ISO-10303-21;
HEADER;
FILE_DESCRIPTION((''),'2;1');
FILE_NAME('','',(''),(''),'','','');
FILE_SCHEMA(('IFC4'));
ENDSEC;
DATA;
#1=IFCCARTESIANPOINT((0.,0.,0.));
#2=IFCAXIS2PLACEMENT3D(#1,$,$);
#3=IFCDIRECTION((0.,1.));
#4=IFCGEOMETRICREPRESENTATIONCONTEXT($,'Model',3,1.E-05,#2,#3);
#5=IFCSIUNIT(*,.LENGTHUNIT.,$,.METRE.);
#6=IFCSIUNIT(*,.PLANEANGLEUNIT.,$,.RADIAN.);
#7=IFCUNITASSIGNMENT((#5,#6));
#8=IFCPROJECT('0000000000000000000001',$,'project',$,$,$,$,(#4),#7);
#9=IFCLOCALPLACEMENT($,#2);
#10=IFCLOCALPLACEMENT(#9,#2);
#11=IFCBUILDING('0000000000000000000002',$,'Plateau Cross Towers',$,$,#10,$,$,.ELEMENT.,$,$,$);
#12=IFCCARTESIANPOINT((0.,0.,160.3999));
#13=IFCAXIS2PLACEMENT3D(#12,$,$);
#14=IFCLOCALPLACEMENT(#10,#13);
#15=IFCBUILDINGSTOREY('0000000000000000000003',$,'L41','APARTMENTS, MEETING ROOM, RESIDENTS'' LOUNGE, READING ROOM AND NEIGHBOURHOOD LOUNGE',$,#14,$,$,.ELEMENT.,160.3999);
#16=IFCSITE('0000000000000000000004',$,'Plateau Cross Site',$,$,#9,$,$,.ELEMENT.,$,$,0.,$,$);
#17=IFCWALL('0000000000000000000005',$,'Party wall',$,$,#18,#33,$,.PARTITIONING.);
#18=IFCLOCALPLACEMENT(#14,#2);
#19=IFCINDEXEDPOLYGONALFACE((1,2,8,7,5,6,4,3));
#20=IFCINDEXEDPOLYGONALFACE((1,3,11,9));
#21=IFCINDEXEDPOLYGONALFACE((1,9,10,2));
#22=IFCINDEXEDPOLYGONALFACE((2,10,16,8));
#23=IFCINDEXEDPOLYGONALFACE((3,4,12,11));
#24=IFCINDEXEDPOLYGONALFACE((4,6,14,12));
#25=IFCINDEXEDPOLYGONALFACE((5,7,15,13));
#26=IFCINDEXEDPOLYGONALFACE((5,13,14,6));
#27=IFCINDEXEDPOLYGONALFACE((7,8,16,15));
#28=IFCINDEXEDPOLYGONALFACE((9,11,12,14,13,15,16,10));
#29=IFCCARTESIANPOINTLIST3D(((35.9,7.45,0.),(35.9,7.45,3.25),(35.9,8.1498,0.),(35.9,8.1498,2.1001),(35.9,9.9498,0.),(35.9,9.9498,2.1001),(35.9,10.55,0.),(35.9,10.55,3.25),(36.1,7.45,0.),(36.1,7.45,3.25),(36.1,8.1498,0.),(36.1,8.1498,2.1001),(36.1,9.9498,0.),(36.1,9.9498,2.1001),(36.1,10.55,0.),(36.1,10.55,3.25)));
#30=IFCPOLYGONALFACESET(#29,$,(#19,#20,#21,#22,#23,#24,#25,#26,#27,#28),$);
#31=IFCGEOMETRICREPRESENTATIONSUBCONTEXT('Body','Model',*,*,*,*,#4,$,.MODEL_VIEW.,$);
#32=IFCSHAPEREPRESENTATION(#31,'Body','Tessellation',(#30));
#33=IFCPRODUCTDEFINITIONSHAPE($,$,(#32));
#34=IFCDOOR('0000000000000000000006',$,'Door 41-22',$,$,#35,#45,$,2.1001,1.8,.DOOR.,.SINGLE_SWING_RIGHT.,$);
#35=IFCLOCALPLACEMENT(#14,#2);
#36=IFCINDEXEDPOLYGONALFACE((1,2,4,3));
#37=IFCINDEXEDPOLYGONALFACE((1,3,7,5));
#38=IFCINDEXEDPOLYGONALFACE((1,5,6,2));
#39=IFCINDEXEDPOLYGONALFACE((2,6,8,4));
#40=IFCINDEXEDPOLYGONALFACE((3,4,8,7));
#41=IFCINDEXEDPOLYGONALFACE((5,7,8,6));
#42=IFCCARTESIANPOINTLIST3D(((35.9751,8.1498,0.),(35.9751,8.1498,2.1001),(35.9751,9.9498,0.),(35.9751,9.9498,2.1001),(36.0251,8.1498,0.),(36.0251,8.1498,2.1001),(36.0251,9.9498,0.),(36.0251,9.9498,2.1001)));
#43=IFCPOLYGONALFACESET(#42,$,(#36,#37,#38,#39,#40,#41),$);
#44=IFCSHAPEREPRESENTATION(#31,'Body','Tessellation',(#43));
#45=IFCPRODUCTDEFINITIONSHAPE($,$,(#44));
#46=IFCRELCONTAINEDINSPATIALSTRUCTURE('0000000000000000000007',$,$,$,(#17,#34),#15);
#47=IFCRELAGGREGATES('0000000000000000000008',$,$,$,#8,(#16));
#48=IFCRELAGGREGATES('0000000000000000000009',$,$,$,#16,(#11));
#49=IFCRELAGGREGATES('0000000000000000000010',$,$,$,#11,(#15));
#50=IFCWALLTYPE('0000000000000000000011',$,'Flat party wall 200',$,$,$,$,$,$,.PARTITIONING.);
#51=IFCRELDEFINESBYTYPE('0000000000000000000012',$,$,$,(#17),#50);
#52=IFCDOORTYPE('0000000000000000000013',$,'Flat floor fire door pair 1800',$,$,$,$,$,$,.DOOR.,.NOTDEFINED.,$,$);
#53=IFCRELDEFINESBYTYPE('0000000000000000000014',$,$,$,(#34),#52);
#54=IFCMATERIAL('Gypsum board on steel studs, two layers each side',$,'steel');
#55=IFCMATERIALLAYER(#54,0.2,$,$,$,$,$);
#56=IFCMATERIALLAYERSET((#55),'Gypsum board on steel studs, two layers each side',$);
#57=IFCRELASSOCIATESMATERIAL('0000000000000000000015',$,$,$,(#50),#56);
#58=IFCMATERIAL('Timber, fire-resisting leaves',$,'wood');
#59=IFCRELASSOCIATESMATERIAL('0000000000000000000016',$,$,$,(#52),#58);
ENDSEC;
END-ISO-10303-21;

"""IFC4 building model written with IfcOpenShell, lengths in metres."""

from ifc_helpers import new_model, si_unit, direction, frame, frame_2d, origin, place, context, subcontext, project, spatial, rectangle, extrude, material, layer, layer_set, type_object, element, fill, save


model = new_model("IFC4")

# Units and contexts
model_context = context("Model", 3, precision=1e-05, world=origin(), true_north=direction((0.0, 1.0)))
body_context = subcontext(model_context, "Body", "Model", "MODEL_VIEW")
ifc_project = project(units=[si_unit("LENGTHUNIT", "METRE"), si_unit("PLANEANGLEUNIT", "RADIAN")], contexts=[model_context])

# Site, building, storey
site_placement = place(None, origin())
site = spatial("IfcSite", under=ifc_project, at=site_placement, Name="Plateau Cross Site", CompositionType="ELEMENT", RefElevation=0.0)
building_placement = place(site_placement, origin())
building = spatial("IfcBuilding", under=site, at=building_placement, Name="Plateau Cross Towers", CompositionType="ELEMENT")
storey_placement = place(building_placement, frame((0.0, 0.0, 160.3999)))
storey = spatial("IfcBuildingStorey", under=building, at=storey_placement, Name="L41", Description="APARTMENTS, MEETING ROOM, RESIDENTS' LOUNGE, READING ROOM AND NEIGHBOURHOOD LOUNGE", CompositionType="ELEMENT", Elevation=160.3999)

# Shared definitions
ifc_material_1 = material(Name="Gypsum board on steel studs, two layers each side", Category="steel")
ifc_layer_1 = layer(ifc_material_1, 0.2)
ifc_layer_set_1 = layer_set([ifc_layer_1], Name="Gypsum board on steel studs, two layers each side")
wall_type_1 = type_object("IfcWallType", Name="Flat party wall 200", PredefinedType="PARTITIONING", material=ifc_layer_set_1)

# Wall, opening, door
wall_1_placement = place(storey_placement, frame((36.0, 7.45, 0.0), z_axis=(0.0, 0.0, 1.0), x_axis=(0.0, 1.0, 0.0)))
wall_1 = element("IfcWall", 1, at=wall_1_placement, inside=storey, type_object=wall_type_1, Name="Party wall", PredefinedType="PARTITIONING", context=body_context, shape_type="SweptSolid", body=[
    extrude(rectangle(XDim=3.1001, YDim=0.2, at=frame_2d((1.55, 0.0))), origin(), (0.0, 0.0, 1.0), 3.25),
])
opening_1_placement = place(wall_1_placement, frame((0.7, 0.0, 0.0)))
opening_1 = element("IfcOpeningElement", 2, at=opening_1_placement, cuts=wall_1, PredefinedType="OPENING", context=body_context, shape_type="SweptSolid", body=[
    extrude(rectangle(XDim=1.8, YDim=2.1001, at=frame_2d((0.8999, 1.05))), frame((0.0, 0.1099, 0.0), z_axis=(0.0, -1.0, 0.0), x_axis=(1.0, 0.0, 0.0)), (0.0, 0.0, 1.0), 0.22),
])
ifc_material_2 = material(Name="Timber, fire-resisting leaves", Category="wood")
door_type_1 = type_object("IfcDoorType", Name="Flat floor fire door pair 1800", OperationType="NOTDEFINED", PredefinedType="DOOR", material=ifc_material_2)
door_1_placement = place(opening_1_placement, origin())
door_1 = element("IfcDoor", 3, at=door_1_placement, inside=storey, type_object=door_type_1, Name="Door 41-22", OperationType="SINGLE_SWING_RIGHT", OverallHeight=2.1001, OverallWidth=1.8, PredefinedType="DOOR", context=body_context, shape_type="SweptSolid", body=[
    extrude(rectangle(XDim=1.8, YDim=2.1001, at=frame_2d((0.8999, 1.05))), frame((0.0, 0.0249, 0.0), z_axis=(0.0, -1.0, 0.0), x_axis=(1.0, 0.0, 0.0)), (0.0, 0.0, 1.0), 0.05),
])
fill(opening_1, door_1)

save(model, "model.ifc")
